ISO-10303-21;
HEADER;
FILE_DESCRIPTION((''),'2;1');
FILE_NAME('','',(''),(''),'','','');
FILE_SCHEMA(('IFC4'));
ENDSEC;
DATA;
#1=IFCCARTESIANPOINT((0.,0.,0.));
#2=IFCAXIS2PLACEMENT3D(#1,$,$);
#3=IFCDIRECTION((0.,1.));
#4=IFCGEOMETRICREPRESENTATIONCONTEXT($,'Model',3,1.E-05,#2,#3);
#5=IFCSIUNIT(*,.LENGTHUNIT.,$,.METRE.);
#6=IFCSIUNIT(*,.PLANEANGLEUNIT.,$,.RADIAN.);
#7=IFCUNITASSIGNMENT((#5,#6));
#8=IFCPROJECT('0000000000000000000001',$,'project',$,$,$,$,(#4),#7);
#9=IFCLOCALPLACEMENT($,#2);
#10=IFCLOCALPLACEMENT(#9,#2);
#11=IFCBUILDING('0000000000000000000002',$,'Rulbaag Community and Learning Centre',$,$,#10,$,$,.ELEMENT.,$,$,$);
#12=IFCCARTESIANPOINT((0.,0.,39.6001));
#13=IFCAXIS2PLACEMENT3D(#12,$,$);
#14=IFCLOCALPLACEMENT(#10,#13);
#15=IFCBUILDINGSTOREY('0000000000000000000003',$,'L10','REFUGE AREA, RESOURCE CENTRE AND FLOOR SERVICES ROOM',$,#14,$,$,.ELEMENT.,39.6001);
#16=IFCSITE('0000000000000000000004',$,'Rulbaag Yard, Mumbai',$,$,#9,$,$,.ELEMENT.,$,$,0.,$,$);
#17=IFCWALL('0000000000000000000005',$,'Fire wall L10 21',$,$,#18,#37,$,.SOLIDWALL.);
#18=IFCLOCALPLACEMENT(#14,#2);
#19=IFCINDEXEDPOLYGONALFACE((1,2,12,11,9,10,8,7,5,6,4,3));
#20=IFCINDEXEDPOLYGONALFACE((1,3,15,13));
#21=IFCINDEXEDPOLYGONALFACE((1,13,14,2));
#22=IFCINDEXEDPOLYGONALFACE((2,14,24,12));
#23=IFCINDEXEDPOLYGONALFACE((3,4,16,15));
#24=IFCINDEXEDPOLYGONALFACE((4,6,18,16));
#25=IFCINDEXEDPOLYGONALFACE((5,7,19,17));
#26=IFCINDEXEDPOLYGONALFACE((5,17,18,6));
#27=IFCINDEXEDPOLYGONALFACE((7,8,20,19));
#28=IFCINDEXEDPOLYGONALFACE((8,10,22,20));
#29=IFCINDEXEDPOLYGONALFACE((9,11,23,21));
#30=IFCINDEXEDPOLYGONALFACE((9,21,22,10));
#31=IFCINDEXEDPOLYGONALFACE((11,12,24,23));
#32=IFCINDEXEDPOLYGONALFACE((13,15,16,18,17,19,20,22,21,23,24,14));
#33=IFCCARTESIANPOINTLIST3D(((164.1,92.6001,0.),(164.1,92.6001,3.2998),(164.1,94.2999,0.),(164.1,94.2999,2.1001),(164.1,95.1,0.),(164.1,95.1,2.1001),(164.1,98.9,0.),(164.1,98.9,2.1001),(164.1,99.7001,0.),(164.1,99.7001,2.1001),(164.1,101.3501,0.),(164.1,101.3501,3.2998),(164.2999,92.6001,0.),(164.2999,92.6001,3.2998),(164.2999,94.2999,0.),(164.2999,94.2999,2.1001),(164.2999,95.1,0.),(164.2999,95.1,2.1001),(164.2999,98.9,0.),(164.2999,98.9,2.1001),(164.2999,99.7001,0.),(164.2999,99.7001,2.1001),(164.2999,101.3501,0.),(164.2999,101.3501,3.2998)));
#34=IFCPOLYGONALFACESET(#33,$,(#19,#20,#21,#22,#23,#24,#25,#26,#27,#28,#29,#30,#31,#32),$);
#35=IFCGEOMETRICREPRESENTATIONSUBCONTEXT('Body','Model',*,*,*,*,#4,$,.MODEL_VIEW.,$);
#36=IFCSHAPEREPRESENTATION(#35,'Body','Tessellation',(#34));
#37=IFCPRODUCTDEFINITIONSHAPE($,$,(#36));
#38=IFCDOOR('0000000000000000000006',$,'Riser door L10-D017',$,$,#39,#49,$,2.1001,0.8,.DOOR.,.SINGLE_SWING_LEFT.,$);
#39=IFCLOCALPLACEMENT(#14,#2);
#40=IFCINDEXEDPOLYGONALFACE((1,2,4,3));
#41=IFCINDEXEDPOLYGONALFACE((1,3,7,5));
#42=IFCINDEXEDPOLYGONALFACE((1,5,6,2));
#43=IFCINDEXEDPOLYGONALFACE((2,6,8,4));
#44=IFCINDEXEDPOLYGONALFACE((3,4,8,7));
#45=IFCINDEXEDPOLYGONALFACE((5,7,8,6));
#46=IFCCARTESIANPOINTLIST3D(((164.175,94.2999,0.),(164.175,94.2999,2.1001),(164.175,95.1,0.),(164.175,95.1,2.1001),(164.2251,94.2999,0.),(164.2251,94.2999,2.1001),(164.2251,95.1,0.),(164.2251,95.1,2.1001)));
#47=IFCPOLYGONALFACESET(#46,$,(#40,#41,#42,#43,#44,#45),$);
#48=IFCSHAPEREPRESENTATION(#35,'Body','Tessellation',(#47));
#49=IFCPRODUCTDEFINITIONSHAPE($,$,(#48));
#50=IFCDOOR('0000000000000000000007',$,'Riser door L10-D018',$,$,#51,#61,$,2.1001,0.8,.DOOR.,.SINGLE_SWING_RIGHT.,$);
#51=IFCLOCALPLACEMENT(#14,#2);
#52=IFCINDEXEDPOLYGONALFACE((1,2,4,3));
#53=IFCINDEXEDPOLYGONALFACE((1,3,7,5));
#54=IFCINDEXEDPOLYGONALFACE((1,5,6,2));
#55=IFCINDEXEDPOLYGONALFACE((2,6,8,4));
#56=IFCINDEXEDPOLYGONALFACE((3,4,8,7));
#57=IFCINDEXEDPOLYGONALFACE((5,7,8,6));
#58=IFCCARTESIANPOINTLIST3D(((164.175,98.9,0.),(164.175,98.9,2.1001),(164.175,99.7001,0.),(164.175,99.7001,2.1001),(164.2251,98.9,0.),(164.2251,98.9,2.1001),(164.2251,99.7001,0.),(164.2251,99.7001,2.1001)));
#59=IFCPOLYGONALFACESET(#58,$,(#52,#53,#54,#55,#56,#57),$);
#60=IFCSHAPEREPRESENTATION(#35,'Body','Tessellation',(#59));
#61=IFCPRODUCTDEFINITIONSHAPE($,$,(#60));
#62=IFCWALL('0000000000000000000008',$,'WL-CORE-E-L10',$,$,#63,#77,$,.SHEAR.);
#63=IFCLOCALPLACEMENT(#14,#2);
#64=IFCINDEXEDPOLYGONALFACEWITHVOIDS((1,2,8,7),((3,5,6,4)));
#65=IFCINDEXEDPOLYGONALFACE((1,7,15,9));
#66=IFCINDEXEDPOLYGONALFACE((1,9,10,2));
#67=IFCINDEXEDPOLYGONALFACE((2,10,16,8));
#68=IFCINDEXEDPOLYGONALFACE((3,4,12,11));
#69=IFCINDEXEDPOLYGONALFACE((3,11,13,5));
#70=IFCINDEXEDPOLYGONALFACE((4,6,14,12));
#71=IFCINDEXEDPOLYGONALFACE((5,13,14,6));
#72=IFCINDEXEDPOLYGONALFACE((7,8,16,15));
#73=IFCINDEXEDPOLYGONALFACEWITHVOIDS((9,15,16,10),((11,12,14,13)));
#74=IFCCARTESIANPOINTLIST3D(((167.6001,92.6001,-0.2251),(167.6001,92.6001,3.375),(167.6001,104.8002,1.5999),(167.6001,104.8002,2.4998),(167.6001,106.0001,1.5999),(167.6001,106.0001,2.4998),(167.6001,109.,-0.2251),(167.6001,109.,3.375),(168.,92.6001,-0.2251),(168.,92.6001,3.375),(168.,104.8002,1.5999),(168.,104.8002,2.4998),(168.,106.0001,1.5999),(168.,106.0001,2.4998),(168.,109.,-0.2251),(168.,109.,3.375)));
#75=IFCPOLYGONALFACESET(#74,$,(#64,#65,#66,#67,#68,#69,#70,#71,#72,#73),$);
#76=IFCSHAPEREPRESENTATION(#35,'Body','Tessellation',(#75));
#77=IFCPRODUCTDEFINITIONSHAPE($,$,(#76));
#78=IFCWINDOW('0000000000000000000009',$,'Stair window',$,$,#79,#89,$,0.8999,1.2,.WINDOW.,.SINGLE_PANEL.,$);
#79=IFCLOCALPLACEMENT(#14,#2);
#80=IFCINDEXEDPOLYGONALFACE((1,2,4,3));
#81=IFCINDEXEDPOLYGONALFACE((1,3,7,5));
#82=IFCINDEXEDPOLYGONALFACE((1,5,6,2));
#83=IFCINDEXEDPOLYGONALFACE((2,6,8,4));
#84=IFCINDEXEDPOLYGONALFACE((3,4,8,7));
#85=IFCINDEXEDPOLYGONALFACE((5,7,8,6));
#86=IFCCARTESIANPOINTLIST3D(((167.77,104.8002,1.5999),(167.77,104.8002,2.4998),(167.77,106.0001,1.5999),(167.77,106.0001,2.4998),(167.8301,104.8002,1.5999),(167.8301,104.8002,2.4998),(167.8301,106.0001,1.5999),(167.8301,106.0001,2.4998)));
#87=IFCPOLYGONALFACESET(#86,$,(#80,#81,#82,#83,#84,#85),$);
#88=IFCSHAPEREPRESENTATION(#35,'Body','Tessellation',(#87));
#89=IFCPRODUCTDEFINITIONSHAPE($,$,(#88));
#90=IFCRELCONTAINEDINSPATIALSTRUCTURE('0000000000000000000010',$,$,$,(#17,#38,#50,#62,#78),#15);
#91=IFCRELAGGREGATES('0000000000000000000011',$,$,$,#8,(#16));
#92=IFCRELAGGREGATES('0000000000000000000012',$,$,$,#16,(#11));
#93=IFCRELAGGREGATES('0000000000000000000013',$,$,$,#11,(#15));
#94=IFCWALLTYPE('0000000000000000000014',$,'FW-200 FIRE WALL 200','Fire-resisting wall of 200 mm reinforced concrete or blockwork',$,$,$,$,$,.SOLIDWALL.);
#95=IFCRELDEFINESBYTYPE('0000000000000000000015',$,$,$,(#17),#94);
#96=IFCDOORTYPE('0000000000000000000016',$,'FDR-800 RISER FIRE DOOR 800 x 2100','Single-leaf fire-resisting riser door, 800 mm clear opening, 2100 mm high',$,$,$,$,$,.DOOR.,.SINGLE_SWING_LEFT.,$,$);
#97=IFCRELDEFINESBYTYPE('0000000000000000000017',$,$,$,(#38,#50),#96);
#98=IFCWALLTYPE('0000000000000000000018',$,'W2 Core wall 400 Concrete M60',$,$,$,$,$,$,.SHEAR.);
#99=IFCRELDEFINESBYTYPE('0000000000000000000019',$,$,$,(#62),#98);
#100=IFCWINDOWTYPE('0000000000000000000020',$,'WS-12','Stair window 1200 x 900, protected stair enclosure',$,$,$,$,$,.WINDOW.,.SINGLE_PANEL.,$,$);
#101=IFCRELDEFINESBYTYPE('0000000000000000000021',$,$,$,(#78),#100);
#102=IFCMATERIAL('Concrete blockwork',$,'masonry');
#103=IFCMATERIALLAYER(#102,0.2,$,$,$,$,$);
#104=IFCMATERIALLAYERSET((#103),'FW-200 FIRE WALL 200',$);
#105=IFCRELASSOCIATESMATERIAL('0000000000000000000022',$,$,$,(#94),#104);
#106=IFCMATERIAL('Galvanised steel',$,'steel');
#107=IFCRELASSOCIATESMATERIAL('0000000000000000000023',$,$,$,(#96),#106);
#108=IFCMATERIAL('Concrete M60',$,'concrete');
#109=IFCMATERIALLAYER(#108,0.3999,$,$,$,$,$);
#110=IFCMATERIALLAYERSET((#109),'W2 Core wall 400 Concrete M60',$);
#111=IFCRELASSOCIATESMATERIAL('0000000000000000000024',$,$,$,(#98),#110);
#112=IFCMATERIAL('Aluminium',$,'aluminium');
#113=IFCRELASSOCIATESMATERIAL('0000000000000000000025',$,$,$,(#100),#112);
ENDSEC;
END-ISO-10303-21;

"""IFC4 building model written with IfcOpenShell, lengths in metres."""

from ifc_helpers import new_model, si_unit, direction, frame, frame_2d, origin, place, context, subcontext, project, spatial, rectangle, extrude, material, layer, layer_set, type_object, element, fill, save


model = new_model("IFC4")

# Units and contexts
model_context = context("Model", 3, precision=1e-05, world=origin(), true_north=direction((0.0, 1.0)))
body_context = subcontext(model_context, "Body", "Model", "MODEL_VIEW")
ifc_project = project(units=[si_unit("LENGTHUNIT", "METRE"), si_unit("PLANEANGLEUNIT", "RADIAN")], contexts=[model_context])

# Site, building, storey
site_placement = place(None, origin())
site = spatial("IfcSite", under=ifc_project, at=site_placement, Name="Rulbaag Yard, Mumbai", CompositionType="ELEMENT", RefElevation=0.0)
building_placement = place(site_placement, origin())
building = spatial("IfcBuilding", under=site, at=building_placement, Name="Rulbaag Community and Learning Centre", CompositionType="ELEMENT")
storey_placement = place(building_placement, frame((0.0, 0.0, 39.6001)))
storey = spatial("IfcBuildingStorey", under=building, at=storey_placement, Name="L10", Description="REFUGE AREA, RESOURCE CENTRE AND FLOOR SERVICES ROOM", CompositionType="ELEMENT", Elevation=39.6001)

# Shared definitions
ifc_material_1 = material(Name="Aluminium", Category="aluminium")

# Wall, openings, doors
ifc_material_2 = material(Name="Concrete blockwork", Category="masonry")
ifc_layer_1 = layer(ifc_material_2, 0.2)
ifc_layer_set_1 = layer_set([ifc_layer_1], Name="FW-200 FIRE WALL 200")
wall_type_1 = type_object("IfcWallType", Name="FW-200 FIRE WALL 200", Description="Fire-resisting wall of 200 mm reinforced concrete or blockwork", PredefinedType="SOLIDWALL", material=ifc_layer_set_1)
ifc_material_3 = material(Name="Galvanised steel", Category="steel")
door_type_1 = type_object("IfcDoorType", Name="FDR-800 RISER FIRE DOOR 800 x 2100", Description="Single-leaf fire-resisting riser door, 800 mm clear opening, 2100 mm high", OperationType="SINGLE_SWING_LEFT", PredefinedType="DOOR", material=ifc_material_3)
wall_1_placement = place(storey_placement, frame((164.2, 92.6001, 0.0), z_axis=(0.0, 0.0, 1.0), x_axis=(0.0, 1.0, 0.0)))
wall_1 = element("IfcWall", 1, at=wall_1_placement, inside=storey, type_object=wall_type_1, Name="Fire wall L10 21", PredefinedType="SOLIDWALL", context=body_context, shape_type="SweptSolid", body=[
    extrude(rectangle(XDim=8.75, YDim=0.2, at=frame_2d((4.375, 0.0))), origin(), (0.0, 0.0, 1.0), 3.2998),
])
opening_1_placement = place(wall_1_placement, frame((1.7, 0.0, 0.0)))
opening_1 = element("IfcOpeningElement", 2, at=opening_1_placement, cuts=wall_1, PredefinedType="OPENING", context=body_context, shape_type="SweptSolid", body=[
    extrude(rectangle(XDim=0.8, YDim=2.1001, at=frame_2d((0.3999, 1.05))), frame((0.0, 0.1099, 0.0), z_axis=(0.0, -1.0, 0.0), x_axis=(1.0, 0.0, 0.0)), (0.0, 0.0, 1.0), 0.22),
])
opening_2_placement = place(wall_1_placement, frame((6.3, 0.0, 0.0)))
opening_2 = element("IfcOpeningElement", 3, at=opening_2_placement, cuts=wall_1, PredefinedType="OPENING", context=body_context, shape_type="SweptSolid", body=[
    extrude(rectangle(XDim=0.8, YDim=2.1001, at=frame_2d((0.3999, 1.05))), frame((0.0, 0.1099, 0.0), z_axis=(0.0, -1.0, 0.0), x_axis=(1.0, 0.0, 0.0)), (0.0, 0.0, 1.0), 0.22),
])
door_1_placement = place(opening_1_placement, origin())
door_1 = element("IfcDoor", 4, at=door_1_placement, inside=storey, type_object=door_type_1, Name="Riser door L10-D017", OperationType="SINGLE_SWING_LEFT", OverallHeight=2.1001, OverallWidth=0.8, PredefinedType="DOOR", context=body_context, shape_type="SweptSolid", body=[
    extrude(rectangle(XDim=0.8, YDim=2.1001, at=frame_2d((0.3999, 1.05))), frame((0.0, 0.0249, 0.0), z_axis=(0.0, -1.0, 0.0), x_axis=(1.0, 0.0, 0.0)), (0.0, 0.0, 1.0), 0.05),
])
fill(opening_1, door_1)
door_2_placement = place(opening_2_placement, origin())
door_2 = element("IfcDoor", 5, at=door_2_placement, inside=storey, type_object=door_type_1, Name="Riser door L10-D018", OperationType="SINGLE_SWING_RIGHT", OverallHeight=2.1001, OverallWidth=0.8, PredefinedType="DOOR", context=body_context, shape_type="SweptSolid", body=[
    extrude(rectangle(XDim=0.8, YDim=2.1001, at=frame_2d((0.3999, 1.05))), frame((0.0, 0.0249, 0.0), z_axis=(0.0, -1.0, 0.0), x_axis=(1.0, 0.0, 0.0)), (0.0, 0.0, 1.0), 0.05),
])
fill(opening_2, door_2)

# Wall, opening, window
ifc_material_4 = material(Name="Concrete M60", Category="concrete")
ifc_layer_2 = layer(ifc_material_4, 0.3999)
ifc_layer_set_2 = layer_set([ifc_layer_2], Name="W2 Core wall 400 Concrete M60")
wall_type_2 = type_object("IfcWallType", Name="W2 Core wall 400 Concrete M60", PredefinedType="SHEAR", material=ifc_layer_set_2)
wall_2_placement = place(storey_placement, frame((167.8, 92.6001, -0.2251), z_axis=(0.0, 0.0, 1.0), x_axis=(0.0, 1.0, 0.0)))
wall_2 = element("IfcWall", 6, at=wall_2_placement, inside=storey, type_object=wall_type_2, Name="WL-CORE-E-L10", PredefinedType="SHEAR", context=body_context, shape_type="SweptSolid", body=[
    extrude(rectangle(XDim=16.3999, YDim=0.3999, at=frame_2d((8.2, 0.0))), origin(), (0.0, 0.0, 1.0), 3.6001),
])
opening_3_placement = place(wall_2_placement, frame((12.2, 0.0, 1.825)))
opening_3 = element("IfcOpeningElement", 7, at=opening_3_placement, cuts=wall_2, PredefinedType="OPENING", context=body_context, shape_type="SweptSolid", body=[
    extrude(rectangle(XDim=1.2, YDim=0.8999, at=frame_2d((0.6001, 0.45))), frame((0.0, 0.21, 0.0), z_axis=(0.0, -1.0, 0.0), x_axis=(1.0, 0.0, 0.0)), (0.0, 0.0, 1.0), 0.4199),
])
window_type = type_object("IfcWindowType", Name="WS-12", Description="Stair window 1200 x 900, protected stair enclosure", PartitioningType="SINGLE_PANEL", PredefinedType="WINDOW", material=ifc_material_1)
window_placement = place(opening_3_placement, origin())
window = element("IfcWindow", 8, at=window_placement, inside=storey, type_object=window_type, Name="Stair window", OverallHeight=0.8999, OverallWidth=1.2, PartitioningType="SINGLE_PANEL", PredefinedType="WINDOW", context=body_context, shape_type="SweptSolid", body=[
    extrude(rectangle(XDim=1.2, YDim=0.8999, at=frame_2d((0.6001, 0.45))), frame((0.0, 0.03, 0.0), z_axis=(0.0, -1.0, 0.0), x_axis=(1.0, 0.0, 0.0)), (0.0, 0.0, 1.0), 0.0601),
])
fill(opening_3, window)

save(model, "model.ifc")
